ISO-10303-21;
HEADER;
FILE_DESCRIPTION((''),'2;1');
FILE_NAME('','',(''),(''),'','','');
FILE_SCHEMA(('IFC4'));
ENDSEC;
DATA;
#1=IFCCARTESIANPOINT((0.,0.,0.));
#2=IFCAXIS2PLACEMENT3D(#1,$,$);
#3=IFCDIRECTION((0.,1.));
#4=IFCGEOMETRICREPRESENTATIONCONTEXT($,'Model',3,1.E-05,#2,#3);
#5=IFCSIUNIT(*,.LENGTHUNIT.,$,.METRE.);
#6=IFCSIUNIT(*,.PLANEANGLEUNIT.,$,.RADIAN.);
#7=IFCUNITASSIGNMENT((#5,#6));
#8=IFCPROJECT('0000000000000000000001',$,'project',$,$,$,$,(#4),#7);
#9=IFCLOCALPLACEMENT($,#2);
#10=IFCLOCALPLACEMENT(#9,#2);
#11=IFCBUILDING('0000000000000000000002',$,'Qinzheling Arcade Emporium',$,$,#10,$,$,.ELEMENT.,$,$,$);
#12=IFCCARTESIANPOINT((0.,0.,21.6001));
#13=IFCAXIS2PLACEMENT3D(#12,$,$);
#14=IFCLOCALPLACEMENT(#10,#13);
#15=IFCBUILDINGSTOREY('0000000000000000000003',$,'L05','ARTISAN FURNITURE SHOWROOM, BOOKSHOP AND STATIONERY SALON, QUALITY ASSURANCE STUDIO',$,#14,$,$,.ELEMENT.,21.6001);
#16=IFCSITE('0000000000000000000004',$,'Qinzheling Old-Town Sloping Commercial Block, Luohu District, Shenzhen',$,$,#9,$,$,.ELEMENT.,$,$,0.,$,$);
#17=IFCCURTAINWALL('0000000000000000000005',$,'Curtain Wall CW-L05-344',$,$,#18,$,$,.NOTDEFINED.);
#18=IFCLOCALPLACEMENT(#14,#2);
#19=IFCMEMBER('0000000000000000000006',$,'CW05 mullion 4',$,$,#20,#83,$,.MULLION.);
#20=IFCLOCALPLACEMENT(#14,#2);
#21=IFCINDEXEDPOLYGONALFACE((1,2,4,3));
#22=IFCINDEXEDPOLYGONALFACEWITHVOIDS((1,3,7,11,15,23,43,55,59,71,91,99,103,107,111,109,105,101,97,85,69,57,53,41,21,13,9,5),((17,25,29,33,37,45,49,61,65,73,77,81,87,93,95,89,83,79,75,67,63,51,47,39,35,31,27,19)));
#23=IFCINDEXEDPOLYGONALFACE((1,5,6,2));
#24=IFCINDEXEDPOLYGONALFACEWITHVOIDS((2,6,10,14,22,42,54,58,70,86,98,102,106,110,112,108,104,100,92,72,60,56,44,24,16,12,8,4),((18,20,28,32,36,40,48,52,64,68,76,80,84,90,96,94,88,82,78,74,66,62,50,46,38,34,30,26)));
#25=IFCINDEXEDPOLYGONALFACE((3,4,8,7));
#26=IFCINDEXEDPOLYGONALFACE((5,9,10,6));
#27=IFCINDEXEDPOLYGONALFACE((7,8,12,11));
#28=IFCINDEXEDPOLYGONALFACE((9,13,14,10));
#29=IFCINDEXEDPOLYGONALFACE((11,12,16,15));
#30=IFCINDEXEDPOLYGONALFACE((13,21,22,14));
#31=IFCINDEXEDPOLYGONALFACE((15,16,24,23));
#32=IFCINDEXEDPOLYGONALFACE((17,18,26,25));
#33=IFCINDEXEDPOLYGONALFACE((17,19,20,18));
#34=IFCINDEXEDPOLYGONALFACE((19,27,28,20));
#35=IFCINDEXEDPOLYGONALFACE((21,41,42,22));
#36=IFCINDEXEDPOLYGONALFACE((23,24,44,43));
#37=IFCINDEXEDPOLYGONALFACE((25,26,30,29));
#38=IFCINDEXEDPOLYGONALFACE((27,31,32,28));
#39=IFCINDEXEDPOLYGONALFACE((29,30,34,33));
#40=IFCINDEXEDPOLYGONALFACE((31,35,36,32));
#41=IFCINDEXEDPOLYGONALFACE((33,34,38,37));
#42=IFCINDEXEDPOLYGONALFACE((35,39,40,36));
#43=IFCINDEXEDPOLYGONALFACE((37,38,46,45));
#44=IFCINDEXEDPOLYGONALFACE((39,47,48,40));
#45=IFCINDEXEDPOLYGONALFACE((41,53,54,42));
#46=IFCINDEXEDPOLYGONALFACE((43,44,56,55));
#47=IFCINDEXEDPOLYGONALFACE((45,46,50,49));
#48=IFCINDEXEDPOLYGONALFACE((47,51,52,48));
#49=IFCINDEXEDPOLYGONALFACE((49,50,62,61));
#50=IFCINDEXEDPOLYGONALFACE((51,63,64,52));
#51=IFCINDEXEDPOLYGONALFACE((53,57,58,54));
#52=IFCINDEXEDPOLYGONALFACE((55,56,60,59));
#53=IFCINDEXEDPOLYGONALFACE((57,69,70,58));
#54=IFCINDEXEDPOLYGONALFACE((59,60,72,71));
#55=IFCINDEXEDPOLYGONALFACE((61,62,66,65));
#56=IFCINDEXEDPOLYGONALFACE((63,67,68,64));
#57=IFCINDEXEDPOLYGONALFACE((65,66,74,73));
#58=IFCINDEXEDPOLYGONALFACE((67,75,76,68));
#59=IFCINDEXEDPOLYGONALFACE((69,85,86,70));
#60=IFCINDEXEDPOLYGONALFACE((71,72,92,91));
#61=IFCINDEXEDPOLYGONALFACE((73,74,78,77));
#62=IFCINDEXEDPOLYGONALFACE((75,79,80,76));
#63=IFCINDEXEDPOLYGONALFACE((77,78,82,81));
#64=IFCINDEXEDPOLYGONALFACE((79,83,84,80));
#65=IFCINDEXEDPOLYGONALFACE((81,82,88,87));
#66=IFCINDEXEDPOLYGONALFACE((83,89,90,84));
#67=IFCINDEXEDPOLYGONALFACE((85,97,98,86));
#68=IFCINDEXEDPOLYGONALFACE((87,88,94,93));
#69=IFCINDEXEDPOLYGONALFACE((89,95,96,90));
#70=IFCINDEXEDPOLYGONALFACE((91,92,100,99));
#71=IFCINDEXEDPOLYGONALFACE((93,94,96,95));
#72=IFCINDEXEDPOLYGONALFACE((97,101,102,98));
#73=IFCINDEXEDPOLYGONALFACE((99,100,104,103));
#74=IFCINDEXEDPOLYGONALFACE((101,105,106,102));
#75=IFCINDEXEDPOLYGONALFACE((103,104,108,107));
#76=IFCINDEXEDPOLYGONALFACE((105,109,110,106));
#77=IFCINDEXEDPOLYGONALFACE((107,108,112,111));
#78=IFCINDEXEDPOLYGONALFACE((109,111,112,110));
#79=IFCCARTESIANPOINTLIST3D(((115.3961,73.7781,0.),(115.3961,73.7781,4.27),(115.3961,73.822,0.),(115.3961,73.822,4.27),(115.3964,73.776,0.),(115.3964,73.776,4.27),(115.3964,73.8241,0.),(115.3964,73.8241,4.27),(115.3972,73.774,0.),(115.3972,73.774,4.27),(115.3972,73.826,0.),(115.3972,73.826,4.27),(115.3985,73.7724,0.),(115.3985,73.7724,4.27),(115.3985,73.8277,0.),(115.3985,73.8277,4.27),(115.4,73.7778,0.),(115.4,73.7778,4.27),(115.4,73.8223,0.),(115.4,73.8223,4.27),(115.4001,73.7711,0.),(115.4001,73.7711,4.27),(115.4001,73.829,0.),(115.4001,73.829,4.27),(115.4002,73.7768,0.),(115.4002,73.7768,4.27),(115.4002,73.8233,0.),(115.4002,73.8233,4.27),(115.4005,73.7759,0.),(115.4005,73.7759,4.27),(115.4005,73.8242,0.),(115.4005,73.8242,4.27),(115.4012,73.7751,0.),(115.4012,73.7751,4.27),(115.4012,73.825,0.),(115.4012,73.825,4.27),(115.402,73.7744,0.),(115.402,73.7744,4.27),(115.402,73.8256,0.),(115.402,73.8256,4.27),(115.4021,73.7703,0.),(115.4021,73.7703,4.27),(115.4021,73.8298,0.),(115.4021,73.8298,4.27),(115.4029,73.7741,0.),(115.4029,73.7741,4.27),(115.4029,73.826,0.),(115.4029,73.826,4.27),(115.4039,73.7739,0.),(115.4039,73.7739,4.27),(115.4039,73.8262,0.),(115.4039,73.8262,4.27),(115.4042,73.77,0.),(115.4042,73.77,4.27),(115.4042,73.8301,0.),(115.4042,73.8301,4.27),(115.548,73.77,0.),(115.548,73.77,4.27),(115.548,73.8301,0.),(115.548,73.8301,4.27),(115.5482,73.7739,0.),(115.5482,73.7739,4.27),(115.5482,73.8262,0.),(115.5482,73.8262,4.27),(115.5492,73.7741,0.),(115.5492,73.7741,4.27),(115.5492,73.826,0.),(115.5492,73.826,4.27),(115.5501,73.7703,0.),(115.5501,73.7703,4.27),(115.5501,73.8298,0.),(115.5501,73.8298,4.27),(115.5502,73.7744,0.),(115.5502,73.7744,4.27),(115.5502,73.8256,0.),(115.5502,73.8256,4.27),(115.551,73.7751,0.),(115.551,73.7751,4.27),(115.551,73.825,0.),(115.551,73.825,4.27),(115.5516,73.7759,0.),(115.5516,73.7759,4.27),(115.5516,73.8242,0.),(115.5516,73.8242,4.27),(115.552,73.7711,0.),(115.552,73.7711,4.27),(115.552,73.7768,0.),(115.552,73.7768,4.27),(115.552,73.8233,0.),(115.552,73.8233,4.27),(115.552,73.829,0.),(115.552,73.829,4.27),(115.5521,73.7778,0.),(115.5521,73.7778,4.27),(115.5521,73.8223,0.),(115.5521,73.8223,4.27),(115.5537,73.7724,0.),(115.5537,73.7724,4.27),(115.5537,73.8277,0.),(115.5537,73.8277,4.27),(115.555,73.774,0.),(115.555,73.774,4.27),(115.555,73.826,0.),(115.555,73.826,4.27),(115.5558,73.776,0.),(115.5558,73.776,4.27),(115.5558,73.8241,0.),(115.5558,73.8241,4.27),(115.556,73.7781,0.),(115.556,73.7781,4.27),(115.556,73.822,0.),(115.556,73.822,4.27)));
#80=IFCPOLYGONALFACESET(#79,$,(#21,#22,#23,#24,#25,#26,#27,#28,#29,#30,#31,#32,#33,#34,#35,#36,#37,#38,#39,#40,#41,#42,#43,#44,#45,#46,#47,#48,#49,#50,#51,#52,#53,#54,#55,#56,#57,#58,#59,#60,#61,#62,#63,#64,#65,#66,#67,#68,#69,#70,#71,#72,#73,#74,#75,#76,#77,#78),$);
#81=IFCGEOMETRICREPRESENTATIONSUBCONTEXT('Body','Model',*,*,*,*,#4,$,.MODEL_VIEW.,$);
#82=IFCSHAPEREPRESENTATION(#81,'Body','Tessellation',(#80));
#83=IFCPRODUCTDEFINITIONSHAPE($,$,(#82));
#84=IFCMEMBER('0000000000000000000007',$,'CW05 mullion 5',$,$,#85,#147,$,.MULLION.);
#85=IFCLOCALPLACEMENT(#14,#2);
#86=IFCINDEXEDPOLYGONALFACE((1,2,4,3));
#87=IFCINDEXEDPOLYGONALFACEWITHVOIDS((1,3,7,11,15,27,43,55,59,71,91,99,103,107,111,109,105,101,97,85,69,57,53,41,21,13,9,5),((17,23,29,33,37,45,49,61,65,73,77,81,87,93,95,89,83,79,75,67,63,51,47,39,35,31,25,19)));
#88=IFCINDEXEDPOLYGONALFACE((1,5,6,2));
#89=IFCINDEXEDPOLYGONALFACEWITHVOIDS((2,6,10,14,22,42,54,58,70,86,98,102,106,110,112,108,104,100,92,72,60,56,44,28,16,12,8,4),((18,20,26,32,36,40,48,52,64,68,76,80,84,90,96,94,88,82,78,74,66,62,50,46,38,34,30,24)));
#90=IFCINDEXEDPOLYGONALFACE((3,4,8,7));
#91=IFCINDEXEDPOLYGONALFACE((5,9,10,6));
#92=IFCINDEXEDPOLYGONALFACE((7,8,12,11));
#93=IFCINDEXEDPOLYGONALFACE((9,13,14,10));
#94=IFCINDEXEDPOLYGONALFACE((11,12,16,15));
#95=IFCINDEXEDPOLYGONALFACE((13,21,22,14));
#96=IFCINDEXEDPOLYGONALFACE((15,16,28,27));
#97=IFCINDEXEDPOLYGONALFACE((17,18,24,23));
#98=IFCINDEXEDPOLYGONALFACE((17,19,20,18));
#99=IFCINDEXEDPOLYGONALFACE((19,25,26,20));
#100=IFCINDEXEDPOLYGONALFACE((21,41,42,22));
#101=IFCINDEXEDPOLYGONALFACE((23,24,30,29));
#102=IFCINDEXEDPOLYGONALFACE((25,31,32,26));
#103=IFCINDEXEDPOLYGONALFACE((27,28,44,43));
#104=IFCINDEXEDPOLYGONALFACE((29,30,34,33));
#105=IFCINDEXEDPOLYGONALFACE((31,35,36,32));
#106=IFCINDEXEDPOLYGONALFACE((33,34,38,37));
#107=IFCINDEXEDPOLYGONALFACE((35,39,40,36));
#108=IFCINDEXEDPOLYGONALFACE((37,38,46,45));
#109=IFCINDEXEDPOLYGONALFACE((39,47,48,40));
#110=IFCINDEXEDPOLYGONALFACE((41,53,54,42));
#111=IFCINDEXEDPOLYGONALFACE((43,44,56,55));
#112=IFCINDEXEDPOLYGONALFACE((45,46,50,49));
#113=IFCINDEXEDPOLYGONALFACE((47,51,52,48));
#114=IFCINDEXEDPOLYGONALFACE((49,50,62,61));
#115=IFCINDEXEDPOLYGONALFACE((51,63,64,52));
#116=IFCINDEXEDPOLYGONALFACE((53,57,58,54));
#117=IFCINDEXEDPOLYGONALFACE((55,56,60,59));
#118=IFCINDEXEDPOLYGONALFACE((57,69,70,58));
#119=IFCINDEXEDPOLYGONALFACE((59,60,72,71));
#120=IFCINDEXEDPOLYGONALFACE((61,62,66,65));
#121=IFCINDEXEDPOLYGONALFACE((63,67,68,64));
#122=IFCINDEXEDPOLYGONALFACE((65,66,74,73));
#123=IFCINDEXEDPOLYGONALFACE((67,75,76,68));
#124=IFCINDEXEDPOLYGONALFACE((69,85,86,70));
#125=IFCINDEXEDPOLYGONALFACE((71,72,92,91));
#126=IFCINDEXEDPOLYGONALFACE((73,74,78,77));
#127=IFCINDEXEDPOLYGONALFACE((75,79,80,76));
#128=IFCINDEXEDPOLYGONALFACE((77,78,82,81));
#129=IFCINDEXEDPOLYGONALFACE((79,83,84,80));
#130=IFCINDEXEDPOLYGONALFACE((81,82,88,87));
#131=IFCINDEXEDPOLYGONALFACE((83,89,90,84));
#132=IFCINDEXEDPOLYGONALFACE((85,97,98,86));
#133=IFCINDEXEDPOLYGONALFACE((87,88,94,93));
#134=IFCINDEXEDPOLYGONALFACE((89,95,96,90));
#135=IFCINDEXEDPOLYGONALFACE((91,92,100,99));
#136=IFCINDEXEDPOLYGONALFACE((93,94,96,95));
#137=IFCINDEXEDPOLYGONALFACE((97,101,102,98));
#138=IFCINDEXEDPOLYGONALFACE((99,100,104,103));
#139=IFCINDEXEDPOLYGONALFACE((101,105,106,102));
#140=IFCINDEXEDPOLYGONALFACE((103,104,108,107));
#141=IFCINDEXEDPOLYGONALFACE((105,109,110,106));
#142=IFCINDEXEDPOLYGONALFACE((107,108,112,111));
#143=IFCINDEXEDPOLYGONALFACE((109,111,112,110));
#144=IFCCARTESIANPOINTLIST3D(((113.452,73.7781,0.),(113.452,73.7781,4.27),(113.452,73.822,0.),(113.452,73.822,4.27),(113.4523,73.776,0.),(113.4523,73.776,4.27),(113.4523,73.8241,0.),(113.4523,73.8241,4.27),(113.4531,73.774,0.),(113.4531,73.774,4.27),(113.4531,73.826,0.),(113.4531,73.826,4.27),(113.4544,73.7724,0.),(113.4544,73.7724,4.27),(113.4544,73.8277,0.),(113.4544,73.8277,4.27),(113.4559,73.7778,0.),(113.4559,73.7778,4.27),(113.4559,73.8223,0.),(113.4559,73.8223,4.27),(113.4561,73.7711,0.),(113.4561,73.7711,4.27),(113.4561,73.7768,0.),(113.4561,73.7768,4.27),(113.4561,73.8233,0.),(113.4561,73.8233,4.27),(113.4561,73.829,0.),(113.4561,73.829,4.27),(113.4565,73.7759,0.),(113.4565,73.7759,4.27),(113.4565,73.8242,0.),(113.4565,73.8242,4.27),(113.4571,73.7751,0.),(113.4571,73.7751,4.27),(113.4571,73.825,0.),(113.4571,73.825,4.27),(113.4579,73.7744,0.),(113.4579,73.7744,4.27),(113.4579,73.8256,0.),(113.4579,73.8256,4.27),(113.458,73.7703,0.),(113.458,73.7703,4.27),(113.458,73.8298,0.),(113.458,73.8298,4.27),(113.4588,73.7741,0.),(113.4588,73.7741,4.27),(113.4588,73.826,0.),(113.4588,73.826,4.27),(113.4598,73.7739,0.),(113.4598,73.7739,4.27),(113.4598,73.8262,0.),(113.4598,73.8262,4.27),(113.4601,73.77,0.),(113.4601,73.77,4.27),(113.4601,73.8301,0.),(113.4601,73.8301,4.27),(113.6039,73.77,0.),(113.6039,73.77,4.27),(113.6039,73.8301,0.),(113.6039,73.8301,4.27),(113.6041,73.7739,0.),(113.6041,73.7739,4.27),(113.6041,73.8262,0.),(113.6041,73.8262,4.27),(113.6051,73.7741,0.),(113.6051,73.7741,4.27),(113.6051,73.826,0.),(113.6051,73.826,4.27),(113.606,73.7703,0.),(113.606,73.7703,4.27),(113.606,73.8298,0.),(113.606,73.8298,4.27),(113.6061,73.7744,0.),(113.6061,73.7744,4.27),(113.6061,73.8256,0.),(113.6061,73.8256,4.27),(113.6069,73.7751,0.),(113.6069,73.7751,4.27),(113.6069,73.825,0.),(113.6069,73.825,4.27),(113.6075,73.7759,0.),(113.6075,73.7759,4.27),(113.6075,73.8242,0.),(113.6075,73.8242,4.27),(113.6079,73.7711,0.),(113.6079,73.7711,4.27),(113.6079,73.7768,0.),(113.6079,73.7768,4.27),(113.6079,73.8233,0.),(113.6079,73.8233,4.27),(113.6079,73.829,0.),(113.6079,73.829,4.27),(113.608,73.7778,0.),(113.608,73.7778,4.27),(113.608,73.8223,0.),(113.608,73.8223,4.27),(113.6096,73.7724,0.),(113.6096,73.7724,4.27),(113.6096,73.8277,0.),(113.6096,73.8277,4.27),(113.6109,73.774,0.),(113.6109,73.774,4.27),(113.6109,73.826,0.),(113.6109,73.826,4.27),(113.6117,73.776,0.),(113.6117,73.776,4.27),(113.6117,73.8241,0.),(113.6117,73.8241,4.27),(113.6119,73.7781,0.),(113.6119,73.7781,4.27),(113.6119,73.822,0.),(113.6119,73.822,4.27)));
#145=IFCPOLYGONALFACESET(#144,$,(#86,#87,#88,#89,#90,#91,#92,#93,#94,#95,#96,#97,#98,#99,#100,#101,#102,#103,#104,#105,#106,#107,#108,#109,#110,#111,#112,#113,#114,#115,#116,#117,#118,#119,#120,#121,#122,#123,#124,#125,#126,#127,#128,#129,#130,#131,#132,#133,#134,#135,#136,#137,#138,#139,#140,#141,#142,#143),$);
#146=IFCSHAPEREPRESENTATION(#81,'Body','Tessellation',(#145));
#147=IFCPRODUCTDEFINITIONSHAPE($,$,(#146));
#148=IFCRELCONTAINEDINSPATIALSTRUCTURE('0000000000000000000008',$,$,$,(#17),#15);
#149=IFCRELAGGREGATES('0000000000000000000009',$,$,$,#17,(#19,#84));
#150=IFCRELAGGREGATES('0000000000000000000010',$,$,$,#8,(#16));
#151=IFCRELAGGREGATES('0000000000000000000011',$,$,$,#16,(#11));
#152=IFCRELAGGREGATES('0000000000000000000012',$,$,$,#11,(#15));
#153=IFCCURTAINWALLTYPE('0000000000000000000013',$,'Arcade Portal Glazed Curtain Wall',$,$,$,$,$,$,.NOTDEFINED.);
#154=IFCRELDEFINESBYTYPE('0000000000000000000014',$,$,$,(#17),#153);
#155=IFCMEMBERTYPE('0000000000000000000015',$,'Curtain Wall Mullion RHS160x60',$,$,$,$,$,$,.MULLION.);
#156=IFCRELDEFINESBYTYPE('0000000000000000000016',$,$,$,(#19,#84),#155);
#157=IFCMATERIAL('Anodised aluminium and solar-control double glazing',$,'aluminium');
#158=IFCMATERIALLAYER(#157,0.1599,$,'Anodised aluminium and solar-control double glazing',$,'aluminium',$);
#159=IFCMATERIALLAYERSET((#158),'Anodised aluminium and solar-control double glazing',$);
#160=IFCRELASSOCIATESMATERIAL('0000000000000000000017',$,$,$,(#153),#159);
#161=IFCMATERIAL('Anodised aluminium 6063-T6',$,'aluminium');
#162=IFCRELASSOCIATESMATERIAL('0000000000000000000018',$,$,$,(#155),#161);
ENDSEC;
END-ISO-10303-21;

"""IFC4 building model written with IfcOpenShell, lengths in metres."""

from ifc_helpers import new_model, si_unit, direction, frame, origin, origin_2d, place, context, subcontext, project, spatial, hollow_rectangle, extrude, material, layer, layer_set, material_profile, profile_set, type_object, element, aggregate, save


model = new_model("IFC4")

# Units and contexts
model_context = context("Model", 3, precision=1e-05, world=origin(), true_north=direction((0.0, 1.0)))
body_context = subcontext(model_context, "Body", "Model", "MODEL_VIEW")
ifc_project = project(units=[si_unit("LENGTHUNIT", "METRE"), si_unit("PLANEANGLEUNIT", "RADIAN")], contexts=[model_context])

# Site, building, storey
site_placement = place(None, origin())
site = spatial("IfcSite", under=ifc_project, at=site_placement, Name="Qinzheling Old-Town Sloping Commercial Block, Luohu District, Shenzhen", CompositionType="ELEMENT", RefElevation=0.0)
building_placement = place(site_placement, origin())
building = spatial("IfcBuilding", under=site, at=building_placement, Name="Qinzheling Arcade Emporium", CompositionType="ELEMENT")
storey_placement = place(building_placement, frame((0.0, 0.0, 21.6001)))
storey = spatial("IfcBuildingStorey", under=building, at=storey_placement, Name="L05", Description="ARTISAN FURNITURE SHOWROOM, BOOKSHOP AND STATIONERY SALON, QUALITY ASSURANCE STUDIO", CompositionType="ELEMENT", Elevation=21.6001)

# Curtain wall, members
ifc_material_1 = material(Name="Anodised aluminium and solar-control double glazing", Category="aluminium")
ifc_layer_1 = layer(ifc_material_1, 0.1599, Name="Anodised aluminium and solar-control double glazing", Category="aluminium")
ifc_layer_set_1 = layer_set([ifc_layer_1], Name="Anodised aluminium and solar-control double glazing")
curtain_wall_type = type_object("IfcCurtainWallType", Name="Arcade Portal Glazed Curtain Wall", PredefinedType="NOTDEFINED", material=ifc_layer_set_1)
curtain_wall_placement = place(storey_placement, origin())
curtain_wall = element("IfcCurtainWall", 1, at=curtain_wall_placement, inside=storey, type_object=curtain_wall_type, Name="Curtain Wall CW-L05-344", PredefinedType="NOTDEFINED")
ifc_material_2 = material(Name="Anodised aluminium 6063-T6", Category="aluminium")
ifc_material_profile_1 = material_profile(ifc_material_2, hollow_rectangle(XDim=0.0601, YDim=0.1599, WallThickness=0.0039, InnerFilletRadius=0.0039, OuterFilletRadius=0.0081, at=origin_2d()), Name="RHS 160x60x4", Category="aluminium")
ifc_profile_set_1 = profile_set([ifc_material_profile_1], Name="Anodised aluminium 6063-T6")
member_type_1 = type_object("IfcMemberType", Name="Curtain Wall Mullion RHS160x60", PredefinedType="MULLION", material=ifc_profile_set_1)
member_1_placement = place(storey_placement, frame((115.4761, 73.8, 0.0), z_axis=(0.0, 0.0, 1.0), x_axis=(0.0, -1.0, 0.0)))
member_1 = element("IfcMember", 2, at=member_1_placement, type_object=member_type_1, Name="CW05 mullion 4", PredefinedType="MULLION", context=body_context, shape_type="SweptSolid", body=[
    extrude(hollow_rectangle(XDim=0.0601, YDim=0.1599, WallThickness=0.0039, InnerFilletRadius=0.0039, OuterFilletRadius=0.0081, at=origin_2d()), origin(), (0.0, 0.0, 1.0), 4.27),
])
member_2_placement = place(storey_placement, frame((113.532, 73.8, 0.0), z_axis=(0.0, 0.0, 1.0), x_axis=(0.0, -1.0, 0.0)))
member_2 = element("IfcMember", 3, at=member_2_placement, type_object=member_type_1, Name="CW05 mullion 5", PredefinedType="MULLION", context=body_context, shape_type="SweptSolid", body=[
    extrude(hollow_rectangle(XDim=0.0601, YDim=0.1599, WallThickness=0.0039, InnerFilletRadius=0.0039, OuterFilletRadius=0.0081, at=origin_2d()), origin(), (0.0, 0.0, 1.0), 4.27),
])

aggregate(curtain_wall, [member_1, member_2])

save(model, "model.ifc")
